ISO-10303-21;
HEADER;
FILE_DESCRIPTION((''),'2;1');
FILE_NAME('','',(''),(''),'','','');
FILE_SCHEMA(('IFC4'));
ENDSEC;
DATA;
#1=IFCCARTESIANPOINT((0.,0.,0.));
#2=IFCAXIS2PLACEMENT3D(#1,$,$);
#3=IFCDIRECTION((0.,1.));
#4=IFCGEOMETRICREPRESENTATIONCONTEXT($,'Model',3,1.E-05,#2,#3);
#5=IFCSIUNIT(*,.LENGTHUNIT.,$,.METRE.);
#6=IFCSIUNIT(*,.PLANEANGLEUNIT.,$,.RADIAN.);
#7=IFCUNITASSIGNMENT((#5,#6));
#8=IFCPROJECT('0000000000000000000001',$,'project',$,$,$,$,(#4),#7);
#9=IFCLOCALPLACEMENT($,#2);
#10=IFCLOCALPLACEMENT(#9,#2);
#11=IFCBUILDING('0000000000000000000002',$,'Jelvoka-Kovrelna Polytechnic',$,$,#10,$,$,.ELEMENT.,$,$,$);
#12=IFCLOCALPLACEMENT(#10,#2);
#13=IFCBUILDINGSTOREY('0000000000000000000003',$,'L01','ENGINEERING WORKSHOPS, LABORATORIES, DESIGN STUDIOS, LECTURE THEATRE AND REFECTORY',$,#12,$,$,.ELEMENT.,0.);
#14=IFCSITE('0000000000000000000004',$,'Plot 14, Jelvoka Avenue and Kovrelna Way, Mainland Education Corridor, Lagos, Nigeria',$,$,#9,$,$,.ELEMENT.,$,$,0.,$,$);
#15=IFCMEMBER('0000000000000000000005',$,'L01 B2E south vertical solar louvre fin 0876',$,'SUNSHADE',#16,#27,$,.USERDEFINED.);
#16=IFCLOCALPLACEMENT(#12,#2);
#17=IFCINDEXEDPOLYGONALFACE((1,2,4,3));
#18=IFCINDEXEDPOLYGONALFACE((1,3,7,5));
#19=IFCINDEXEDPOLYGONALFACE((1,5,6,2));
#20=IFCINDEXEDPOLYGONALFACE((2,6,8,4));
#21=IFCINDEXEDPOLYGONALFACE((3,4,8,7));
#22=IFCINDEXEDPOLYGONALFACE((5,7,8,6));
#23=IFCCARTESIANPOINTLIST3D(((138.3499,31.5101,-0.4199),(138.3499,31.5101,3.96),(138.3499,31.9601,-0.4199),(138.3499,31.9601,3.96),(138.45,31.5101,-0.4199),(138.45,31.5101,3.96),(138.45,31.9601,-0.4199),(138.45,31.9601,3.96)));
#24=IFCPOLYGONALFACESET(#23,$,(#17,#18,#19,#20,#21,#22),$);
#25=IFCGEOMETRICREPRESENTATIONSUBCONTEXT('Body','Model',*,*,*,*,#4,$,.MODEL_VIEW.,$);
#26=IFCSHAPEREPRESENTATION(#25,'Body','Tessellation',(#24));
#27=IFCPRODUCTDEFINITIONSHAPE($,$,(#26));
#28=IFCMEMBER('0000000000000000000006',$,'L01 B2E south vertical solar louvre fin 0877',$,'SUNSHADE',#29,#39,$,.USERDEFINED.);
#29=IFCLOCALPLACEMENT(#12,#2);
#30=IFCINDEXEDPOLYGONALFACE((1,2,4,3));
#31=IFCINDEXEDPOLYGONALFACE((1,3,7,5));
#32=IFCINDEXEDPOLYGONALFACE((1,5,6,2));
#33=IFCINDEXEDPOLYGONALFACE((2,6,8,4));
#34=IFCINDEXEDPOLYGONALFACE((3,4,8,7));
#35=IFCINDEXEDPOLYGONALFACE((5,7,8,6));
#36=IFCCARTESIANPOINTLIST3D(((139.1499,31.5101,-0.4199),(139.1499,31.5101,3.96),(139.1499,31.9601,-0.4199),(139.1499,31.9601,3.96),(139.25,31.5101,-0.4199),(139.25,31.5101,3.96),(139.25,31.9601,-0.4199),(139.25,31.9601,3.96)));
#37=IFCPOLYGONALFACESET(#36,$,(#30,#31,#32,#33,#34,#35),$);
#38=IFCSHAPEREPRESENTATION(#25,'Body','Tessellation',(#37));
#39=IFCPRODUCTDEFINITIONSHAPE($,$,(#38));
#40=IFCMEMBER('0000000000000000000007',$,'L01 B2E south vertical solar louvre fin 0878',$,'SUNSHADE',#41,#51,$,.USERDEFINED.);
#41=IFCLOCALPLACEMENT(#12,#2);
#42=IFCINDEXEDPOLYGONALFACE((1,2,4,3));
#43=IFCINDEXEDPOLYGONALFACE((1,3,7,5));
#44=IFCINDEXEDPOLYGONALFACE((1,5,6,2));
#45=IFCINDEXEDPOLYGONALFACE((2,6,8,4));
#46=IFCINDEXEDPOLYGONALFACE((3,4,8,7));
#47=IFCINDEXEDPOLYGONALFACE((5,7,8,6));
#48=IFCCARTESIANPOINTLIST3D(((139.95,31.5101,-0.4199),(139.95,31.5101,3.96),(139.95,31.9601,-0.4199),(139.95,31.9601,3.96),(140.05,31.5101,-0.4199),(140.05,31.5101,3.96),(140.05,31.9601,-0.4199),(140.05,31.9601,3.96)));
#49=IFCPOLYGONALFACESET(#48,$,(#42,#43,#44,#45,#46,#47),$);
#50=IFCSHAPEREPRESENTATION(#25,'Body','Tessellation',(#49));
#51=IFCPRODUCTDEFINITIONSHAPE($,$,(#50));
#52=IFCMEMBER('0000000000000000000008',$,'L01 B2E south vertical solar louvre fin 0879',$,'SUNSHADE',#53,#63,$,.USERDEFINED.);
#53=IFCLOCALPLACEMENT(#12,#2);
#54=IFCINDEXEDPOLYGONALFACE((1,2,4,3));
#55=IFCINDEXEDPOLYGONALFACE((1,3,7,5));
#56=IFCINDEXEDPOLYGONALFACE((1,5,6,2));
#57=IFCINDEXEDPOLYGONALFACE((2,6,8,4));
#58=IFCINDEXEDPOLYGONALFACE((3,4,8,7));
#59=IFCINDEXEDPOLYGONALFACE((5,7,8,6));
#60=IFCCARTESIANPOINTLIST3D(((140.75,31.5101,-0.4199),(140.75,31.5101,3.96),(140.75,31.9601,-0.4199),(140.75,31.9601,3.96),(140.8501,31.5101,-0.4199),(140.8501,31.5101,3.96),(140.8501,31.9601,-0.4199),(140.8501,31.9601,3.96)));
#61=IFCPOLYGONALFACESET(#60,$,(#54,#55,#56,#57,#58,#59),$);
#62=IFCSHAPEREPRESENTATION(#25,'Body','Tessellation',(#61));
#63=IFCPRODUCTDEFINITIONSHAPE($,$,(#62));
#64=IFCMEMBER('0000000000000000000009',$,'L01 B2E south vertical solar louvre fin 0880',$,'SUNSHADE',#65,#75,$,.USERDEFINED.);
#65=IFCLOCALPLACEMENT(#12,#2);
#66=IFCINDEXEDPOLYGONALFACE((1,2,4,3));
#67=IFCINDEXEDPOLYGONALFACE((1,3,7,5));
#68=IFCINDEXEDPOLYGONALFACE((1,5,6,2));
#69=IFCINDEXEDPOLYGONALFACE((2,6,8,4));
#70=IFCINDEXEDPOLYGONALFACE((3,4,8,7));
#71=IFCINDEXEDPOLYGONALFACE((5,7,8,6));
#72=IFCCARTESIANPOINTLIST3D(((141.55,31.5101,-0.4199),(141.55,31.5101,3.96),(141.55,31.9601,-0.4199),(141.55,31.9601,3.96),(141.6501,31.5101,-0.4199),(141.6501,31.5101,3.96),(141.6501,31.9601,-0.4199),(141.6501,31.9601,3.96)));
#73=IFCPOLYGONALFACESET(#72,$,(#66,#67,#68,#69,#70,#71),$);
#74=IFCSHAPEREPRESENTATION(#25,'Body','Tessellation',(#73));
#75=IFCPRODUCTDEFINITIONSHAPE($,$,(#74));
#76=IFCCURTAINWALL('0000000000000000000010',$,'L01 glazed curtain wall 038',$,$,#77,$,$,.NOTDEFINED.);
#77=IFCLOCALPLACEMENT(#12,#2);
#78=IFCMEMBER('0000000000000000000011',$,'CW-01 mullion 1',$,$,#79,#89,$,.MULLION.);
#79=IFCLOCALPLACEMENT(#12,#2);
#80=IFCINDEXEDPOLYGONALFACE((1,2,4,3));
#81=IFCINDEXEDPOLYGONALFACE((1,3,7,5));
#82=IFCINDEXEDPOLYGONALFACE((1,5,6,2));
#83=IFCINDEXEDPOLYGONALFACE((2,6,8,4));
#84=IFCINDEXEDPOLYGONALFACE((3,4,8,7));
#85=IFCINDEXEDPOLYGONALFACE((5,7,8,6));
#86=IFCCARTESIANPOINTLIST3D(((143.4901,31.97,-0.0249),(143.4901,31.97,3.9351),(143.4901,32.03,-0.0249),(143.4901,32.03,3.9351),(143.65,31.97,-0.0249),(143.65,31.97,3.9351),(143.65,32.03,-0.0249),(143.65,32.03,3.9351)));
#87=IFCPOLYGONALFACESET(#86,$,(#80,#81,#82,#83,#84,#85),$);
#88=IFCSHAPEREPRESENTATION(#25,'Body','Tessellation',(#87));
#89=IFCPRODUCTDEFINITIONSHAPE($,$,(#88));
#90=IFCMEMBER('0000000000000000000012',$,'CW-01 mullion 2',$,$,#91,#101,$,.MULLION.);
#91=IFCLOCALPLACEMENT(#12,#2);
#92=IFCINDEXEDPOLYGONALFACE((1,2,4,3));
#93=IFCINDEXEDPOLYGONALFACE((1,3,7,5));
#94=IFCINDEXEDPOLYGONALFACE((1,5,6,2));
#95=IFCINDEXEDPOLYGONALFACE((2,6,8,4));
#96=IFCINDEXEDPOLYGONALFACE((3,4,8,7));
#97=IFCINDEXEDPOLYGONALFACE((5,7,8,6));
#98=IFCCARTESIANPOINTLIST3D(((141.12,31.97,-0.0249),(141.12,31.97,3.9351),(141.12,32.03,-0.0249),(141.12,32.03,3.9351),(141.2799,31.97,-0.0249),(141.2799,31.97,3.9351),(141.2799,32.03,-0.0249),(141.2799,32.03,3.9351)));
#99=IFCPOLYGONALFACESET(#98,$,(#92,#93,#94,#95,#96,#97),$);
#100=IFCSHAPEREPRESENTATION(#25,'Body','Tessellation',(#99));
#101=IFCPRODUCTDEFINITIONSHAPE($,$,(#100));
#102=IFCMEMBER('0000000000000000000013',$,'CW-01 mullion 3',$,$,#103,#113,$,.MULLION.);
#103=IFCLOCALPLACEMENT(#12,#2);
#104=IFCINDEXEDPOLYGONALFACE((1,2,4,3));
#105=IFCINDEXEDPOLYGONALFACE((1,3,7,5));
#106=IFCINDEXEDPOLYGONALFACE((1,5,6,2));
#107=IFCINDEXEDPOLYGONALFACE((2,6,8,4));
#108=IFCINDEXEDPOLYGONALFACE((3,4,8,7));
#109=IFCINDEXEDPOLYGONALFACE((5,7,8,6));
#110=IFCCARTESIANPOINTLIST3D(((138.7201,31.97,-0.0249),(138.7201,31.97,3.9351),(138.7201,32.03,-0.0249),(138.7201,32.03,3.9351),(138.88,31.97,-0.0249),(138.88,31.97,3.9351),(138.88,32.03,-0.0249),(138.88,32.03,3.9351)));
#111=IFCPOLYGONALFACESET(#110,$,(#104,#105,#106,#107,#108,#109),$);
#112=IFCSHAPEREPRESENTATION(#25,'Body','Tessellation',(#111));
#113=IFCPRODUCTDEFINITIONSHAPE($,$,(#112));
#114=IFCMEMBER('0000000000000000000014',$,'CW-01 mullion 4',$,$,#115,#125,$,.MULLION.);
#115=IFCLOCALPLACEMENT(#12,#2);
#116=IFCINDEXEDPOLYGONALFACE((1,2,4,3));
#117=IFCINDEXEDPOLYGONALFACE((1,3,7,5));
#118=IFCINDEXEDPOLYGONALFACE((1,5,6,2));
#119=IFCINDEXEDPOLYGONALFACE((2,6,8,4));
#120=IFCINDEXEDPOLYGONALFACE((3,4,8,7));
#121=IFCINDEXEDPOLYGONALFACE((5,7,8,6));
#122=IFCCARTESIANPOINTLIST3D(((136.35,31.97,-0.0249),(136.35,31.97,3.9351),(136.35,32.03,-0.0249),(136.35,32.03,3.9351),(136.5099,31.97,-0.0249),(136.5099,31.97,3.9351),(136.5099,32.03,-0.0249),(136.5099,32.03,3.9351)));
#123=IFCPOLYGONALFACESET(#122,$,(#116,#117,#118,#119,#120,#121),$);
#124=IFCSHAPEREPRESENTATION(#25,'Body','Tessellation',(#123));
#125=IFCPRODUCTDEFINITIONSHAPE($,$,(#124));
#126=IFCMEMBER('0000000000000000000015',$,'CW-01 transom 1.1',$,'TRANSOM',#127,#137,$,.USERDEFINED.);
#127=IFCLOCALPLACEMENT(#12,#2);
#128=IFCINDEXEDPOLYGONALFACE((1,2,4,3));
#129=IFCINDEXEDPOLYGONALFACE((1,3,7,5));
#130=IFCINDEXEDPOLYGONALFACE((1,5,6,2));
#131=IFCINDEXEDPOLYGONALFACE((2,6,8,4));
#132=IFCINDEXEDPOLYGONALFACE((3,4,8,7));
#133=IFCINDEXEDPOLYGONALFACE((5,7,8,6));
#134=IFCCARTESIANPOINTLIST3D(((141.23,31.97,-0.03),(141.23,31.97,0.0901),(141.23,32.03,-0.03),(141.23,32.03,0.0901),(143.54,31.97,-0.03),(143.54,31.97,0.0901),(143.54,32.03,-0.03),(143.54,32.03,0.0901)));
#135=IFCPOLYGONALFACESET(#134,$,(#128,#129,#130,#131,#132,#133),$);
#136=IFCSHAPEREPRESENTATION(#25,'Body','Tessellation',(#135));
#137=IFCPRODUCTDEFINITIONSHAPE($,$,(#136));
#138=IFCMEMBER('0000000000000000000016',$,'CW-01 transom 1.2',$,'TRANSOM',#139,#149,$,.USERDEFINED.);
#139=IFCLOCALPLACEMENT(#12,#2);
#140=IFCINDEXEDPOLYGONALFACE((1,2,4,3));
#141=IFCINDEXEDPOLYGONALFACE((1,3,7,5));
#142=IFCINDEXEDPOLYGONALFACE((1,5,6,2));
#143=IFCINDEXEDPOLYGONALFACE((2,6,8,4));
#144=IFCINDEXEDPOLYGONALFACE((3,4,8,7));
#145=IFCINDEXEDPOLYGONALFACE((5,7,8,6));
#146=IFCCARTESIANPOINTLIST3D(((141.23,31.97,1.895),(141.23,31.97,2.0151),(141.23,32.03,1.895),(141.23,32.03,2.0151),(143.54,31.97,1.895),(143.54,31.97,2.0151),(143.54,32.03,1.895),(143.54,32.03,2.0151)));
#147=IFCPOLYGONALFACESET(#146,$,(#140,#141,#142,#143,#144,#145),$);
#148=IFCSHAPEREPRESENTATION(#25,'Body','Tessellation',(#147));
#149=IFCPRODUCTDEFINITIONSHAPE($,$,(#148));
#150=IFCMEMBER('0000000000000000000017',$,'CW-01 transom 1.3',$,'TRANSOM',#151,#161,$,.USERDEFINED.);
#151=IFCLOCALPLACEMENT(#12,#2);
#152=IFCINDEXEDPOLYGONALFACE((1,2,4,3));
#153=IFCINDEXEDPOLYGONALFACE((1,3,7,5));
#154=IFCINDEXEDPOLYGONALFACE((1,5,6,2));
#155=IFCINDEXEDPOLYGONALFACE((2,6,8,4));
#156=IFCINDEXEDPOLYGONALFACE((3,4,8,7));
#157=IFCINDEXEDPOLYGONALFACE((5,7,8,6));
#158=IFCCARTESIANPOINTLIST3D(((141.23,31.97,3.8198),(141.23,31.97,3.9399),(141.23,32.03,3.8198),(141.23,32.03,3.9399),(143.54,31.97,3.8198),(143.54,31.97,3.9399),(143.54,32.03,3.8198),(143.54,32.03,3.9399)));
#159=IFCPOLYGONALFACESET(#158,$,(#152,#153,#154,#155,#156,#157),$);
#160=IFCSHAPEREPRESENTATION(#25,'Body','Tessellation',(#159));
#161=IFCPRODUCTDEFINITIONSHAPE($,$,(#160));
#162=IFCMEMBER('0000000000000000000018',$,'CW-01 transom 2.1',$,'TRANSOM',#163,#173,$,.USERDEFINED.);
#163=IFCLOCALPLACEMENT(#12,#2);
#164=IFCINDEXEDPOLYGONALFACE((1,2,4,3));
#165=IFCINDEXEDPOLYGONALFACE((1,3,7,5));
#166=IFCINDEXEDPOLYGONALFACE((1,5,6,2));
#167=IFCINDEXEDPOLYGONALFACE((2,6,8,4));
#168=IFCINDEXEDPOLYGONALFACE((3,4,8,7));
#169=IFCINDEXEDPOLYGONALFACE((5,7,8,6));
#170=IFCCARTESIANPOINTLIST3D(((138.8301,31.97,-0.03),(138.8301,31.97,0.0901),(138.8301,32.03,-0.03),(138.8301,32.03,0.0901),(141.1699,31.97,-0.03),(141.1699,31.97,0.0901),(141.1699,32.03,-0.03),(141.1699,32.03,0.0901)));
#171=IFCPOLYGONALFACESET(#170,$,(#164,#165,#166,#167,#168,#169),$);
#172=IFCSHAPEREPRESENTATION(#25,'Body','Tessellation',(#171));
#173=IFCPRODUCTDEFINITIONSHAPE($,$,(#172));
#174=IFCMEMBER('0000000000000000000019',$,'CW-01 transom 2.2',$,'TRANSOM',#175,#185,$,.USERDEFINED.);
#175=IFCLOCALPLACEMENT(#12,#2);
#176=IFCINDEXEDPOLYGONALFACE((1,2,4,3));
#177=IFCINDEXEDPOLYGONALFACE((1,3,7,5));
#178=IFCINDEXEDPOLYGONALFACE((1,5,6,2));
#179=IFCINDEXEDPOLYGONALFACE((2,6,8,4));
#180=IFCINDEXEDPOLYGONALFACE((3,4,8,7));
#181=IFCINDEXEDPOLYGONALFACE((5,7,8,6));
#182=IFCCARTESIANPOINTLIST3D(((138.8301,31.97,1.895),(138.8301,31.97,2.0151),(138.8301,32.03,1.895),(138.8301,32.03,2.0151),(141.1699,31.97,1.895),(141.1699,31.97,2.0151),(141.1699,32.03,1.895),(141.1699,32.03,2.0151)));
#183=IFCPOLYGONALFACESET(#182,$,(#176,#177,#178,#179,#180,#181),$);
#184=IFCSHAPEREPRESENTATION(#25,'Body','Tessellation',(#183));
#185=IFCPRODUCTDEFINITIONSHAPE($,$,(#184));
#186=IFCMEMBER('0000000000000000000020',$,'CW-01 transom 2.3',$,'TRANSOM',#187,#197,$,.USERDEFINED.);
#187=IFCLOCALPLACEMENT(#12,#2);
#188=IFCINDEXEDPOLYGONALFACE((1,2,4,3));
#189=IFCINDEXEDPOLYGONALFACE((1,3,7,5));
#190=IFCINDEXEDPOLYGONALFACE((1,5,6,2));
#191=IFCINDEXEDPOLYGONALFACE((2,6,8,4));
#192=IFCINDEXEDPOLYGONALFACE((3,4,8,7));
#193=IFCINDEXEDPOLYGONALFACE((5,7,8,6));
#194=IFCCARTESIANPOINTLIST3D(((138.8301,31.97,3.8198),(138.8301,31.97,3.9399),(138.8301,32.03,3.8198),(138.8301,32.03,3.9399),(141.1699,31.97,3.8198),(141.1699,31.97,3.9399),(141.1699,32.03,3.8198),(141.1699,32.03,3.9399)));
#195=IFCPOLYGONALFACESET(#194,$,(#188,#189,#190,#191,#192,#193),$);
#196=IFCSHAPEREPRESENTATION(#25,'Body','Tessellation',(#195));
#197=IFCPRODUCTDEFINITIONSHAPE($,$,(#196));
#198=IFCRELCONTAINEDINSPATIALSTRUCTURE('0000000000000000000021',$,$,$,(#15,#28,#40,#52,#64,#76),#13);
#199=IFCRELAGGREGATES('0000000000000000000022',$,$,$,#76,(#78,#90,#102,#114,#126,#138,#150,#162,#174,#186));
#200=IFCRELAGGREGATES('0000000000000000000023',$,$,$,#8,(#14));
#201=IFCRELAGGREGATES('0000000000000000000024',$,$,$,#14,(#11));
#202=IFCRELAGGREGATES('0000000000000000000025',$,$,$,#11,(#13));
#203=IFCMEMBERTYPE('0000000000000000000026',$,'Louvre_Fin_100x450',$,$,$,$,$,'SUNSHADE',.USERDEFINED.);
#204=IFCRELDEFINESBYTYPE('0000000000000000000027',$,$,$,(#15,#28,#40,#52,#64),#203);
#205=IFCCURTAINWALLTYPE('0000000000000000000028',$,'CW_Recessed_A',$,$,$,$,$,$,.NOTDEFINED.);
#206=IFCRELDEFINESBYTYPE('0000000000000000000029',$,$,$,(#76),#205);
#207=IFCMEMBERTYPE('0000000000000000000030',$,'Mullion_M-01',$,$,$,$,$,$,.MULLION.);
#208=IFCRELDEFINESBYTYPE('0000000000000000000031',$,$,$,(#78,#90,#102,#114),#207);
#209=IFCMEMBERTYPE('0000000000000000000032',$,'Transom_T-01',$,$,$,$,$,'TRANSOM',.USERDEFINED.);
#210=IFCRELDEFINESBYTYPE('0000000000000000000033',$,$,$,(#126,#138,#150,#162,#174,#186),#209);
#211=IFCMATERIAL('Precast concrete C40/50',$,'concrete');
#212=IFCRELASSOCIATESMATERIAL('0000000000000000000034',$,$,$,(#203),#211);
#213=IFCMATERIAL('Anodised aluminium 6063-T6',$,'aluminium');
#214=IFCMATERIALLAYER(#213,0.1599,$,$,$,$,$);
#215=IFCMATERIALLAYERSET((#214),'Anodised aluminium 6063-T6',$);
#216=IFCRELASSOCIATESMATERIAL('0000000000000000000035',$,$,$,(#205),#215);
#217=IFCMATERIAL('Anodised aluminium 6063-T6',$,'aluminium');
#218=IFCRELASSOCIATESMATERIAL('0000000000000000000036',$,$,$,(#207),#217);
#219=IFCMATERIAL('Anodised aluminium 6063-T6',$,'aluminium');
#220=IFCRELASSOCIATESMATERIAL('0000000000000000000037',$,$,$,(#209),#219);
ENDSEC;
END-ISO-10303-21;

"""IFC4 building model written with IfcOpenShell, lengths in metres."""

from ifc_helpers import new_model, si_unit, direction, frame, origin, origin_2d, place, context, subcontext, project, spatial, rectangle, extrude, material, layer, layer_set, material_profile, profile_set, type_object, element, aggregate, save


model = new_model("IFC4")

# Units and contexts
model_context = context("Model", 3, precision=1e-05, world=origin(), true_north=direction((0.0, 1.0)))
body_context = subcontext(model_context, "Body", "Model", "MODEL_VIEW")
ifc_project = project(units=[si_unit("LENGTHUNIT", "METRE"), si_unit("PLANEANGLEUNIT", "RADIAN")], contexts=[model_context])

# Site, building, storey
site_placement = place(None, origin())
site = spatial("IfcSite", under=ifc_project, at=site_placement, Name="Plot 14, Jelvoka Avenue and Kovrelna Way, Mainland Education Corridor, Lagos, Nigeria", CompositionType="ELEMENT", RefElevation=0.0)
building_placement = place(site_placement, origin())
building = spatial("IfcBuilding", under=site, at=building_placement, Name="Jelvoka-Kovrelna Polytechnic", CompositionType="ELEMENT")
storey_placement = place(building_placement, origin())
storey = spatial("IfcBuildingStorey", under=building, at=storey_placement, Name="L01", Description="ENGINEERING WORKSHOPS, LABORATORIES, DESIGN STUDIOS, LECTURE THEATRE AND REFECTORY", CompositionType="ELEMENT", Elevation=0.0)

# Members
ifc_material_1 = material(Name="Precast concrete C40/50", Category="concrete")
ifc_material_profile_1 = material_profile(ifc_material_1, rectangle(XDim=0.1001, YDim=0.45, at=origin_2d()), Name="PC 100x450")
ifc_profile_set_1 = profile_set([ifc_material_profile_1], Name="Precast concrete C40/50")
member_type_1 = type_object("IfcMemberType", Name="Louvre_Fin_100x450", ElementType="SUNSHADE", PredefinedType="USERDEFINED", material=ifc_profile_set_1)
for number, where, z_axis, x_axis, name in (
    (1, (138.3999, 31.7351, -0.4199), (0.0, 0.0, 1.0), (1.0, 0.0, 0.0), "L01 B2E south vertical solar louvre fin 0876"),
    (2, (139.2, 31.7351, -0.4199), (0.0, 0.0, 1.0), (1.0, 0.0, 0.0), "L01 B2E south vertical solar louvre fin 0877"),
    (3, (140.0, 31.7351, -0.4199), (0.0, 0.0, 1.0), (1.0, 0.0, 0.0), "L01 B2E south vertical solar louvre fin 0878"),
    (4, (140.8, 31.7351, -0.4199), (0.0, 0.0, 1.0), (1.0, 0.0, 0.0), "L01 B2E south vertical solar louvre fin 0879"),
    (5, (141.6001, 31.7351, -0.4199), (0.0, 0.0, 1.0), (1.0, 0.0, 0.0), "L01 B2E south vertical solar louvre fin 0880"),
):
    element("IfcMember", number, at=place(storey_placement, frame(where, z_axis=z_axis, x_axis=x_axis)), inside=storey, type_object=member_type_1, Name=name, ObjectType="SUNSHADE", PredefinedType="USERDEFINED", context=body_context, shape_type="SweptSolid", body=[
        extrude(rectangle(XDim=0.1001, YDim=0.45, at=origin_2d()), origin(), (0.0, 0.0, 1.0), 4.3799),
    ])

# Curtain wall, members
ifc_material_2 = material(Name="Anodised aluminium 6063-T6", Category="aluminium")
ifc_layer_1 = layer(ifc_material_2, 0.1599)
ifc_layer_set_1 = layer_set([ifc_layer_1], Name="Anodised aluminium 6063-T6")
curtain_wall_type_1 = type_object("IfcCurtainWallType", Name="CW_Recessed_A", PredefinedType="NOTDEFINED", material=ifc_layer_set_1)
curtain_wall_1_placement = place(storey_placement, origin())
curtain_wall_1 = element("IfcCurtainWall", 6, at=curtain_wall_1_placement, inside=storey, type_object=curtain_wall_type_1, Name="L01 glazed curtain wall 038", PredefinedType="NOTDEFINED")
ifc_material_3 = material(Name="Anodised aluminium 6063-T6", Category="aluminium")
ifc_material_profile_2 = material_profile(ifc_material_3, rectangle(XDim=0.0601, YDim=0.1599, at=origin_2d()), Name="ALU 60x160")
ifc_profile_set_2 = profile_set([ifc_material_profile_2], Name="Anodised aluminium 6063-T6")
member_type_2 = type_object("IfcMemberType", Name="Mullion_M-01", PredefinedType="MULLION", material=ifc_profile_set_2)
member_1_placement = place(storey_placement, frame((143.5701, 32.0, -0.0249), z_axis=(0.0, 0.0, 1.0), x_axis=(0.0, -1.0, 0.0)))
member_1 = element("IfcMember", 7, at=member_1_placement, type_object=member_type_2, Name="CW-01 mullion 1", PredefinedType="MULLION", context=body_context, shape_type="SweptSolid", body=[
    extrude(rectangle(XDim=0.0601, YDim=0.1599, at=origin_2d()), origin(), (0.0, 0.0, 1.0), 3.96),
])
member_2_placement = place(storey_placement, frame((141.2, 32.0, -0.0249), z_axis=(0.0, 0.0, 1.0), x_axis=(0.0, -1.0, 0.0)))
member_2 = element("IfcMember", 8, at=member_2_placement, type_object=member_type_2, Name="CW-01 mullion 2", PredefinedType="MULLION", context=body_context, shape_type="SweptSolid", body=[
    extrude(rectangle(XDim=0.0601, YDim=0.1599, at=origin_2d()), origin(), (0.0, 0.0, 1.0), 3.96),
])
member_3_placement = place(storey_placement, frame((138.8, 32.0, -0.0249), z_axis=(0.0, 0.0, 1.0), x_axis=(0.0, -1.0, 0.0)))
member_3 = element("IfcMember", 9, at=member_3_placement, type_object=member_type_2, Name="CW-01 mullion 3", PredefinedType="MULLION", context=body_context, shape_type="SweptSolid", body=[
    extrude(rectangle(XDim=0.0601, YDim=0.1599, at=origin_2d()), origin(), (0.0, 0.0, 1.0), 3.96),
])
member_4_placement = place(storey_placement, frame((136.4299, 32.0, -0.0249), z_axis=(0.0, 0.0, 1.0), x_axis=(0.0, -1.0, 0.0)))
member_4 = element("IfcMember", 10, at=member_4_placement, type_object=member_type_2, Name="CW-01 mullion 4", PredefinedType="MULLION", context=body_context, shape_type="SweptSolid", body=[
    extrude(rectangle(XDim=0.0601, YDim=0.1599, at=origin_2d()), origin(), (0.0, 0.0, 1.0), 3.96),
])
ifc_material_4 = material(Name="Anodised aluminium 6063-T6", Category="aluminium")
ifc_material_profile_3 = material_profile(ifc_material_4, rectangle(XDim=0.0601, YDim=0.1201, at=origin_2d()), Name="ALU 60x120")
ifc_profile_set_3 = profile_set([ifc_material_profile_3], Name="Anodised aluminium 6063-T6")
member_type_3 = type_object("IfcMemberType", Name="Transom_T-01", ElementType="TRANSOM", PredefinedType="USERDEFINED", material=ifc_profile_set_3)
member_5_placement = place(storey_placement, frame((143.54, 32.0, 0.03), z_axis=(-1.0, 0.0, 0.0), x_axis=(0.0, -1.0, 0.0)))
member_5 = element("IfcMember", 11, at=member_5_placement, type_object=member_type_3, Name="CW-01 transom 1.1", ObjectType="TRANSOM", PredefinedType="USERDEFINED", context=body_context, shape_type="SweptSolid", body=[
    extrude(rectangle(XDim=0.0601, YDim=0.1201, at=origin_2d()), origin(), (0.0, 0.0, 1.0), 2.3101),
])
member_6_placement = place(storey_placement, frame((143.54, 32.0, 1.9551), z_axis=(-1.0, 0.0, 0.0), x_axis=(0.0, -1.0, 0.0)))
member_6 = element("IfcMember", 12, at=member_6_placement, type_object=member_type_3, Name="CW-01 transom 1.2", ObjectType="TRANSOM", PredefinedType="USERDEFINED", context=body_context, shape_type="SweptSolid", body=[
    extrude(rectangle(XDim=0.0601, YDim=0.1201, at=origin_2d()), origin(), (0.0, 0.0, 1.0), 2.3101),
])
member_7_placement = place(storey_placement, frame((143.54, 32.0, 3.8799), z_axis=(-1.0, 0.0, 0.0), x_axis=(0.0, -1.0, 0.0)))
member_7 = element("IfcMember", 13, at=member_7_placement, type_object=member_type_3, Name="CW-01 transom 1.3", ObjectType="TRANSOM", PredefinedType="USERDEFINED", context=body_context, shape_type="SweptSolid", body=[
    extrude(rectangle(XDim=0.0601, YDim=0.1201, at=origin_2d()), origin(), (0.0, 0.0, 1.0), 2.3101),
])
member_8_placement = place(storey_placement, frame((141.1699, 32.0, 0.03), z_axis=(-1.0, 0.0, 0.0), x_axis=(0.0, -1.0, 0.0)))
member_8 = element("IfcMember", 14, at=member_8_placement, type_object=member_type_3, Name="CW-01 transom 2.1", ObjectType="TRANSOM", PredefinedType="USERDEFINED", context=body_context, shape_type="SweptSolid", body=[
    extrude(rectangle(XDim=0.0601, YDim=0.1201, at=origin_2d()), origin(), (0.0, 0.0, 1.0), 2.3398),
])
member_9_placement = place(storey_placement, frame((141.1699, 32.0, 1.9551), z_axis=(-1.0, 0.0, 0.0), x_axis=(0.0, -1.0, 0.0)))
member_9 = element("IfcMember", 15, at=member_9_placement, type_object=member_type_3, Name="CW-01 transom 2.2", ObjectType="TRANSOM", PredefinedType="USERDEFINED", context=body_context, shape_type="SweptSolid", body=[
    extrude(rectangle(XDim=0.0601, YDim=0.1201, at=origin_2d()), origin(), (0.0, 0.0, 1.0), 2.3398),
])
member_10_placement = place(storey_placement, frame((141.1699, 32.0, 3.8799), z_axis=(-1.0, 0.0, 0.0), x_axis=(0.0, -1.0, 0.0)))
member_10 = element("IfcMember", 16, at=member_10_placement, type_object=member_type_3, Name="CW-01 transom 2.3", ObjectType="TRANSOM", PredefinedType="USERDEFINED", context=body_context, shape_type="SweptSolid", body=[
    extrude(rectangle(XDim=0.0601, YDim=0.1201, at=origin_2d()), origin(), (0.0, 0.0, 1.0), 2.3398),
])

aggregate(curtain_wall_1, [member_1, member_2, member_3, member_4, member_5, member_6, member_7, member_8, member_9, member_10])

save(model, "model.ifc")
